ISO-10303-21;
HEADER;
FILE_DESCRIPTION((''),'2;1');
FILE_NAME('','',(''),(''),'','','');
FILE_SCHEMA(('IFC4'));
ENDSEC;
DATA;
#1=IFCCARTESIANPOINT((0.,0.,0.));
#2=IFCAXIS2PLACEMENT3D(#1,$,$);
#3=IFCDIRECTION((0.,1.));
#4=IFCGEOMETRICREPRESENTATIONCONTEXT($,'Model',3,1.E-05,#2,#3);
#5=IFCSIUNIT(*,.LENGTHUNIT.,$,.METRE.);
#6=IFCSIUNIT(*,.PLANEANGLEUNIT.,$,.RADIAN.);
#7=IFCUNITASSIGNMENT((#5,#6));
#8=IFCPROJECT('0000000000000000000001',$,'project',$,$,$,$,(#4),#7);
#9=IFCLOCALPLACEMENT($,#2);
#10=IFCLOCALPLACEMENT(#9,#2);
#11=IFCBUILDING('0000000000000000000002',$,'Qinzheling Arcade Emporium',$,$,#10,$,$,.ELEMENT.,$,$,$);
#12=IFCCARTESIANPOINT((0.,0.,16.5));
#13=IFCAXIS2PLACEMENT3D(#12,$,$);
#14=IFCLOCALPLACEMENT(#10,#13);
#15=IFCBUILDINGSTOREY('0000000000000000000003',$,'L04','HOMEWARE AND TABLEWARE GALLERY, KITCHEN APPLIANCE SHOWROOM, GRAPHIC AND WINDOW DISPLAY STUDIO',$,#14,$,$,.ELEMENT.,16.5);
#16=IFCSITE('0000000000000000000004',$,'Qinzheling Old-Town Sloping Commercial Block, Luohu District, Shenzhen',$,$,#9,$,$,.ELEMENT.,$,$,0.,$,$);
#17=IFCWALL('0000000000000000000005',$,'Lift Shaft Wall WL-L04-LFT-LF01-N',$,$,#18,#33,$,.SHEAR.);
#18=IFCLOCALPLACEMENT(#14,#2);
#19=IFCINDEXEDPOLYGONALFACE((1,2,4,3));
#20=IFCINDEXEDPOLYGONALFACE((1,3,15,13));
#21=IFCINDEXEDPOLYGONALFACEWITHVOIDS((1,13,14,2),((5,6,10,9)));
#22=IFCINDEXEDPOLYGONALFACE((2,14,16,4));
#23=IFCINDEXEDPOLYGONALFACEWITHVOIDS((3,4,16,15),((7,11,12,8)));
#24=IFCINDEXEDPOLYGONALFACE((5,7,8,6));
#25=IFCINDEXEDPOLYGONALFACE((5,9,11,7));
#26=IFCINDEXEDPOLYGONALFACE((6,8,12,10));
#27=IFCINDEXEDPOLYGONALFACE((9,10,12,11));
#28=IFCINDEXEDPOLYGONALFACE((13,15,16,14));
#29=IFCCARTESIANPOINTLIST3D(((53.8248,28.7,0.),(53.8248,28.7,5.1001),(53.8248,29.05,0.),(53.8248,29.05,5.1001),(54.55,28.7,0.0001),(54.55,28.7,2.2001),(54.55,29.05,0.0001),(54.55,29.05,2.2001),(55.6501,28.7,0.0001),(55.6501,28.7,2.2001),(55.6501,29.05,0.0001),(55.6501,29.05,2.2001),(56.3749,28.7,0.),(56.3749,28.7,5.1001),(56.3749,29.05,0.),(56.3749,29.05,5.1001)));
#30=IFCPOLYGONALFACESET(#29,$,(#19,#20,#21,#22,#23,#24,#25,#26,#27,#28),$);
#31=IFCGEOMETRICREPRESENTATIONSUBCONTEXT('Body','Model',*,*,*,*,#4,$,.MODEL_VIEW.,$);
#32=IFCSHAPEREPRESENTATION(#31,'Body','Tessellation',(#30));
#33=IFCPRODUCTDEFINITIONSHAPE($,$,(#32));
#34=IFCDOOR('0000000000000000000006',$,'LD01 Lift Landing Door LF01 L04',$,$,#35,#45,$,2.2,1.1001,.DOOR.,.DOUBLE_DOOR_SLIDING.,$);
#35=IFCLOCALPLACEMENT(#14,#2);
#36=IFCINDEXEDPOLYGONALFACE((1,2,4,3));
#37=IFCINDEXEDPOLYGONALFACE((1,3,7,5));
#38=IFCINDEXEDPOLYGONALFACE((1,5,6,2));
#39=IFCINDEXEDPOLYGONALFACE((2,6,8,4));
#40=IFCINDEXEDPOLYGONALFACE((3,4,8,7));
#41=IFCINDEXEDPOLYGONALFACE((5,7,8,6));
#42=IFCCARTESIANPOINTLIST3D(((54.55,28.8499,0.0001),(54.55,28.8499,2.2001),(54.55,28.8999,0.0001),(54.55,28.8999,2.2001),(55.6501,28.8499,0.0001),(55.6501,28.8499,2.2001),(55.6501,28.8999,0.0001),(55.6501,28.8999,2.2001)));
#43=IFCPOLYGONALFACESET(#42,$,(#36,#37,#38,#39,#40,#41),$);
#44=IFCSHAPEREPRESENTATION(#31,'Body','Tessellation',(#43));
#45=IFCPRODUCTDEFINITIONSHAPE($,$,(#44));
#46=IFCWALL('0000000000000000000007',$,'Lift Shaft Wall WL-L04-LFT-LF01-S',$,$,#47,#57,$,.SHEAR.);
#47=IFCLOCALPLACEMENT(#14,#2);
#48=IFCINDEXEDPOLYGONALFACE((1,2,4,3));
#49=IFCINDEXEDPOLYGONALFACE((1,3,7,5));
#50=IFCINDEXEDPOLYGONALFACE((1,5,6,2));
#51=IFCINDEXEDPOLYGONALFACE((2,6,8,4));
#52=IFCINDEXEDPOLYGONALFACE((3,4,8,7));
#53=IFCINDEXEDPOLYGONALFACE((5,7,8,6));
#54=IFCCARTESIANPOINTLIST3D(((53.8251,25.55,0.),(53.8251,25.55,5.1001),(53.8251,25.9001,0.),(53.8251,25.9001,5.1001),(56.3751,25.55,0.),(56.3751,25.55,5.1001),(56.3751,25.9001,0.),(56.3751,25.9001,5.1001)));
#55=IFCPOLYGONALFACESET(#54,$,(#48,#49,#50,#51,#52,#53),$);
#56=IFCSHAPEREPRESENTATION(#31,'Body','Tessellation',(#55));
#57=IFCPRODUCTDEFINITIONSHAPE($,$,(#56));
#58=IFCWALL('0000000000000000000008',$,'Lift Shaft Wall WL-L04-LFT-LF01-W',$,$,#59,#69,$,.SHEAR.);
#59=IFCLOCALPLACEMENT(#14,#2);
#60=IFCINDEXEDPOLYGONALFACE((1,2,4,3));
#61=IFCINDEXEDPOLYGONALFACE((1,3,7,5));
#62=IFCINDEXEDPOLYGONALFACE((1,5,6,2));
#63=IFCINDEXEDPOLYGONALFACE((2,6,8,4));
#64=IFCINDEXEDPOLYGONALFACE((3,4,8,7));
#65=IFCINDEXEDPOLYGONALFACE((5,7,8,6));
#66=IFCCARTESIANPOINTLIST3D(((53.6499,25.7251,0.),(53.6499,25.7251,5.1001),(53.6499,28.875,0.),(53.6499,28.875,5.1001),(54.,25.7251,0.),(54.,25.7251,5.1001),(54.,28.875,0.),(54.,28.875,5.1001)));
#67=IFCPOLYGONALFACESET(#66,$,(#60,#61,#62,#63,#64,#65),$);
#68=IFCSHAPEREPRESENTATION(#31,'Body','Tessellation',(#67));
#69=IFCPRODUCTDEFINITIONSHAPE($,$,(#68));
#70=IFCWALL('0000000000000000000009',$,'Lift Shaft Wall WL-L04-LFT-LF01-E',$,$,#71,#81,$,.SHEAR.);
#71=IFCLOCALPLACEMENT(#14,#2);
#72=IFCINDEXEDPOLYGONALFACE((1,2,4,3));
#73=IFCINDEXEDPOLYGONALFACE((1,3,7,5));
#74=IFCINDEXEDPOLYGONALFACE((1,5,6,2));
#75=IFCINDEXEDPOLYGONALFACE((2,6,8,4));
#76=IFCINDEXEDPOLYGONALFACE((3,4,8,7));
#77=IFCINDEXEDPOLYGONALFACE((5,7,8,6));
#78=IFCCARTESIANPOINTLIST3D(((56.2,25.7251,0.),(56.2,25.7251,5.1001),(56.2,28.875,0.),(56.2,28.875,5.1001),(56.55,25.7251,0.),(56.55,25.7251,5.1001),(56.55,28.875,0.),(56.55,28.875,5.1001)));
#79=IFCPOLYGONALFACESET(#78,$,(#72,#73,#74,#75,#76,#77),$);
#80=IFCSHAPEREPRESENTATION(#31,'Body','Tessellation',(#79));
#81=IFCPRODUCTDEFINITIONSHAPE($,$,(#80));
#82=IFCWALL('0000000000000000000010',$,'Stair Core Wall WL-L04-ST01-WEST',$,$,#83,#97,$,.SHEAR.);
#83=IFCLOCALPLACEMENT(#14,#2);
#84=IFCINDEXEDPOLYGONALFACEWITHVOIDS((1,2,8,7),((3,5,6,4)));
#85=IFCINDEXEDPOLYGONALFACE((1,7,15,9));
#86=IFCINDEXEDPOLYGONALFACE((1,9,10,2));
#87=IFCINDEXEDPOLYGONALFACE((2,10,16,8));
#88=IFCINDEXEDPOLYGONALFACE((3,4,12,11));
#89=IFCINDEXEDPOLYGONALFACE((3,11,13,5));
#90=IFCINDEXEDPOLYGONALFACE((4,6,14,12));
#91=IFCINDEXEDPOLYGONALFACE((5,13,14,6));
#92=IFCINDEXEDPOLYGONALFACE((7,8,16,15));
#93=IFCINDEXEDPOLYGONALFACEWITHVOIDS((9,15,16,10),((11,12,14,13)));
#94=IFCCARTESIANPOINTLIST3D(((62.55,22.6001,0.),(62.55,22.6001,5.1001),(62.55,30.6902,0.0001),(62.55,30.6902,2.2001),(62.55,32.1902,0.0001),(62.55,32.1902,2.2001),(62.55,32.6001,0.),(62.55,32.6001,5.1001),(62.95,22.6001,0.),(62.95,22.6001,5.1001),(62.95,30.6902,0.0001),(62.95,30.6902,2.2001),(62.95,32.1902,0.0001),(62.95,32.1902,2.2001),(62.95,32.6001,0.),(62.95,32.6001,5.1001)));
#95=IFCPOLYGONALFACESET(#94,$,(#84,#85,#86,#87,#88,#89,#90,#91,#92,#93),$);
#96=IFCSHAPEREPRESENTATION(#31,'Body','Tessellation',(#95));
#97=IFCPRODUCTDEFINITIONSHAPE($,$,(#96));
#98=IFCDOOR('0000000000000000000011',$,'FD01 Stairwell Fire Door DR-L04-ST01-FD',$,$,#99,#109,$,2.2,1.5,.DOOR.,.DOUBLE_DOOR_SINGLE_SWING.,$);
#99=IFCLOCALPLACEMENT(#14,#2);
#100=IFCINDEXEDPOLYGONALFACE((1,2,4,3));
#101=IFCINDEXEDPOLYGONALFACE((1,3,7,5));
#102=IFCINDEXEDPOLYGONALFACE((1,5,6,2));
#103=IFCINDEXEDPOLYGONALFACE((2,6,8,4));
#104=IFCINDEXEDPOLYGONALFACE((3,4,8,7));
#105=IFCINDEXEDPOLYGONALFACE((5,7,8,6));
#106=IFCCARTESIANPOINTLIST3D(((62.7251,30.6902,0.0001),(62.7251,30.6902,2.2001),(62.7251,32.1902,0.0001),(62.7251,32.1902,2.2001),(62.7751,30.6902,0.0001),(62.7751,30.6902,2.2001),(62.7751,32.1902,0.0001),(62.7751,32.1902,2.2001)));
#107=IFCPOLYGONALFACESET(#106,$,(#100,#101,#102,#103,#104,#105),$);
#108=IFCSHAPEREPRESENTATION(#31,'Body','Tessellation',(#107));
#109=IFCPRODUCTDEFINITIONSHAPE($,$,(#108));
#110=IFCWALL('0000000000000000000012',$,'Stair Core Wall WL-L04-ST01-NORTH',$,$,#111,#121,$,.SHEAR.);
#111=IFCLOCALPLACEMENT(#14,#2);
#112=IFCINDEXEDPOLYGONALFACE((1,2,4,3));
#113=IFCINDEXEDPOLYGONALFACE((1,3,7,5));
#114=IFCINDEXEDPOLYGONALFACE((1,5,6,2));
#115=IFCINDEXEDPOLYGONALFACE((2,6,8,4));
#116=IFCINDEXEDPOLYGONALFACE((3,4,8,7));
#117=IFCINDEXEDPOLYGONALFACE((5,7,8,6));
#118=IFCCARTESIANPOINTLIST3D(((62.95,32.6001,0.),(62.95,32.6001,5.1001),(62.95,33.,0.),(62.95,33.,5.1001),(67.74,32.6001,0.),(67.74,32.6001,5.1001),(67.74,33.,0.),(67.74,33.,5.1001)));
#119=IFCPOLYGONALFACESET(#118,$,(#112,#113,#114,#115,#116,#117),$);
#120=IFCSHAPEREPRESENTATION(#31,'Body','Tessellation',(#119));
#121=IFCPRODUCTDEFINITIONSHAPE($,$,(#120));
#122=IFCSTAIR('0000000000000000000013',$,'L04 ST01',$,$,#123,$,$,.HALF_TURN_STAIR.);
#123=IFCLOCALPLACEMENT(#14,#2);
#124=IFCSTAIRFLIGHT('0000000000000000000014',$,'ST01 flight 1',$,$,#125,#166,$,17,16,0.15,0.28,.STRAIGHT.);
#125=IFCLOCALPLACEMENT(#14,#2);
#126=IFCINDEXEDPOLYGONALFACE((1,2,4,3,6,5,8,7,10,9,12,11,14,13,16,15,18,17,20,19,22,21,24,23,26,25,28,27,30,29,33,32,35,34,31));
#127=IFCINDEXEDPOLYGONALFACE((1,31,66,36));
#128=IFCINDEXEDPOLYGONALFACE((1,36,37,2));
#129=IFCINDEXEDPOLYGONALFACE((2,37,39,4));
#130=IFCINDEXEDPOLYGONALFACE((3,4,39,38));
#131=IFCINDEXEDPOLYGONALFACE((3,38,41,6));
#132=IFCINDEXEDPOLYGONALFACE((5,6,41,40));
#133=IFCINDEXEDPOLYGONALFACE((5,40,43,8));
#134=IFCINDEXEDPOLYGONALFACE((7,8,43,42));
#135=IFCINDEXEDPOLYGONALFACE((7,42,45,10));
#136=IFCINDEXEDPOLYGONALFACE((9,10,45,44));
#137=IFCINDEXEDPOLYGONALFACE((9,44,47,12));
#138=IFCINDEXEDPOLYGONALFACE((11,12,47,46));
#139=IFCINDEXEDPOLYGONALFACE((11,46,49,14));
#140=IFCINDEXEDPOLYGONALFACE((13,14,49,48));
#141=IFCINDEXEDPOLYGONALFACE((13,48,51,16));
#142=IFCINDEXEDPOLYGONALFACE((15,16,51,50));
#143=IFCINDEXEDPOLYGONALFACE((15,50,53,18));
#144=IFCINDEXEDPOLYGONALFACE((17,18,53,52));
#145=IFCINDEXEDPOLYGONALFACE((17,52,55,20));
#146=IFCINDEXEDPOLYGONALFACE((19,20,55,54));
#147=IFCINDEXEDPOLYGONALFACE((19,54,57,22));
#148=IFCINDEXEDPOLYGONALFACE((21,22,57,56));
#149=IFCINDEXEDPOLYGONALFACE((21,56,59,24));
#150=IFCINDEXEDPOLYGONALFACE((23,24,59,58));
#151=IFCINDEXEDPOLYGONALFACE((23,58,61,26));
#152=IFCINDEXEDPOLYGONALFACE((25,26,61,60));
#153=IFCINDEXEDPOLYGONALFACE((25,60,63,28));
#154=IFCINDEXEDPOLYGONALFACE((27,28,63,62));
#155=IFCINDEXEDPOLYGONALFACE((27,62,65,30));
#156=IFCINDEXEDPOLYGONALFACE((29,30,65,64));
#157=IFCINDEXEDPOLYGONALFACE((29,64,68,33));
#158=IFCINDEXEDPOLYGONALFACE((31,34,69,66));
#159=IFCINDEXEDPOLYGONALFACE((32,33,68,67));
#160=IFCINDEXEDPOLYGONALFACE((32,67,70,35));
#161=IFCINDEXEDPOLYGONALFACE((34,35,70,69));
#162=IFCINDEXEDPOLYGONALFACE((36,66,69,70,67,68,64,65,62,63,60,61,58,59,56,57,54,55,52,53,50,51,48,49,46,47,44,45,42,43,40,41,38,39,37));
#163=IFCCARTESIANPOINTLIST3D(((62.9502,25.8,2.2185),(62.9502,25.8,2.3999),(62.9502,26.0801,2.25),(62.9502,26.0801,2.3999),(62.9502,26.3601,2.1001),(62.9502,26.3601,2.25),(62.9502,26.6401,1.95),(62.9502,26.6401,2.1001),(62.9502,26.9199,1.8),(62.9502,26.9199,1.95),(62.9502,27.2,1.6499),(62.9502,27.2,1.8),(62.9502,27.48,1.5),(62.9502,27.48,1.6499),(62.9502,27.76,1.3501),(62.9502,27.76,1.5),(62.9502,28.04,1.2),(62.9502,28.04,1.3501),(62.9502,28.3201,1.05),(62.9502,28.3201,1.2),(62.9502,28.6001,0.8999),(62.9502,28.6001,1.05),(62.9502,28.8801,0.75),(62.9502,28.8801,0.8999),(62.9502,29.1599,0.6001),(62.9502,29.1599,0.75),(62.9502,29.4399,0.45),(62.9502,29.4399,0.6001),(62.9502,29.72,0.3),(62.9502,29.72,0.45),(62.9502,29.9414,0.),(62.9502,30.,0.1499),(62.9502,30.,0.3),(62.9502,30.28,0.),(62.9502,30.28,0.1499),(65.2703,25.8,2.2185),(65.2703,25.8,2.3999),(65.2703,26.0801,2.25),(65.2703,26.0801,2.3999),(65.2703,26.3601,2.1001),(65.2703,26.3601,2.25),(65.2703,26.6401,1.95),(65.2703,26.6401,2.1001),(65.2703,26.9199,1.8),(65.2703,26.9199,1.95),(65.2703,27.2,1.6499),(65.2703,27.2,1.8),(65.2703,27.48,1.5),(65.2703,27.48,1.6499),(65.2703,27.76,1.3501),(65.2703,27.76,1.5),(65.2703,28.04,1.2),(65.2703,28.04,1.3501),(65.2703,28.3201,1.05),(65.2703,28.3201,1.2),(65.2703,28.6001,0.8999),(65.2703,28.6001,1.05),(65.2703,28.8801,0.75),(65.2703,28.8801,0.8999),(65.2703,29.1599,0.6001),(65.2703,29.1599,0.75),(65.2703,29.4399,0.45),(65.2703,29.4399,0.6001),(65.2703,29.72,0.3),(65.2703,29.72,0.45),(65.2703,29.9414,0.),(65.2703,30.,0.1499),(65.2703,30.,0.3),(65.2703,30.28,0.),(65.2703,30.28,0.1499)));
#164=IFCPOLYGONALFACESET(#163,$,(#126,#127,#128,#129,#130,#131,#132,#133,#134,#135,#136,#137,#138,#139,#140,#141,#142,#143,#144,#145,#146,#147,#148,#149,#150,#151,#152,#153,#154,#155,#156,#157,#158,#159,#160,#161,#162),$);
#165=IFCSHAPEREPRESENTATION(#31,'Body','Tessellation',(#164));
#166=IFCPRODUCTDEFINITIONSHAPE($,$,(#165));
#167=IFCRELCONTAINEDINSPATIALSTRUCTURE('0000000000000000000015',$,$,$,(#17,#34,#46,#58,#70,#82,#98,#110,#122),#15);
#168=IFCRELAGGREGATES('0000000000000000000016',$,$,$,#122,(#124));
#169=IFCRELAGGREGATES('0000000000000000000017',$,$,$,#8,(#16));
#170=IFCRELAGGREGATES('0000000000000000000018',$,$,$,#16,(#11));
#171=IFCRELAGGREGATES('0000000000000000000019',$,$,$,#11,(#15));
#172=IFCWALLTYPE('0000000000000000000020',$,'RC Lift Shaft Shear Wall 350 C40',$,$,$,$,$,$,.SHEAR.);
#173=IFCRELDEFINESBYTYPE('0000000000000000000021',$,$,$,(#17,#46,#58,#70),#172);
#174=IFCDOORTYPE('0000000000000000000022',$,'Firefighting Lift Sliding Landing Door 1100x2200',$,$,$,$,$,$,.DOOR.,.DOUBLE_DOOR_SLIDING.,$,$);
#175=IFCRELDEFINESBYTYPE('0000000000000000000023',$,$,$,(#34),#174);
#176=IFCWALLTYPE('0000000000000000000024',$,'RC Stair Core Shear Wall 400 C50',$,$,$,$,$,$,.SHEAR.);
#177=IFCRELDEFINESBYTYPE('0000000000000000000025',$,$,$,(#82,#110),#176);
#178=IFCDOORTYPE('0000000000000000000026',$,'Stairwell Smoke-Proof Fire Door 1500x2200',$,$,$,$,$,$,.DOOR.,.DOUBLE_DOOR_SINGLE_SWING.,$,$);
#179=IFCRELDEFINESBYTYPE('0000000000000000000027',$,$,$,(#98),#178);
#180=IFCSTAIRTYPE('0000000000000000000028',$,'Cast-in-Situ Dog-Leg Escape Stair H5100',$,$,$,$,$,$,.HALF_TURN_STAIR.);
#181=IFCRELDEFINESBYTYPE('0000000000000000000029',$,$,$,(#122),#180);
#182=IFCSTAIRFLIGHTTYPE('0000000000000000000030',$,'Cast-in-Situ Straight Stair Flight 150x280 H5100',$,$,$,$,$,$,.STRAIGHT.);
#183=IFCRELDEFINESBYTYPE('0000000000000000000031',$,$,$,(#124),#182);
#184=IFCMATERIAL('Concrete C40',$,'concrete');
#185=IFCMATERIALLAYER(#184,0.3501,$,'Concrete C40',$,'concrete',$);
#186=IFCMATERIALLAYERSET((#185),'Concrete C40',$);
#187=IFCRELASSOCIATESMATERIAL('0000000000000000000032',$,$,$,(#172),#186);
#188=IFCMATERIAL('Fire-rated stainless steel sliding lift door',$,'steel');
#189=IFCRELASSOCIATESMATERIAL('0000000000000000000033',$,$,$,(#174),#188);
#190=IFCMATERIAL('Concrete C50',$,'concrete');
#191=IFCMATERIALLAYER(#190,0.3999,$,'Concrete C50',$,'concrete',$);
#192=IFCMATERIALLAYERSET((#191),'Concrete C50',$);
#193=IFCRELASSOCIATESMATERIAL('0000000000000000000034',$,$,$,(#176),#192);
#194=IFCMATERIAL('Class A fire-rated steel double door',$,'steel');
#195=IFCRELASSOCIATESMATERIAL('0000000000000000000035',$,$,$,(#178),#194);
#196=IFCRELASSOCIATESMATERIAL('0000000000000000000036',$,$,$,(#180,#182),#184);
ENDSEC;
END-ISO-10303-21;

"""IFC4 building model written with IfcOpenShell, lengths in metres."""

from ifc_helpers import new_model, si_unit, direction, frame, frame_2d, origin, place, context, subcontext, project, spatial, polyline, rectangle, outline, extrude, material, layer, layer_set, type_object, element, fill, aggregate, save


model = new_model("IFC4")

# Units and contexts
model_context = context("Model", 3, precision=1e-05, world=origin(), true_north=direction((0.0, 1.0)))
body_context = subcontext(model_context, "Body", "Model", "MODEL_VIEW")
ifc_project = project(units=[si_unit("LENGTHUNIT", "METRE"), si_unit("PLANEANGLEUNIT", "RADIAN")], contexts=[model_context])

# Site, building, storey
site_placement = place(None, origin())
site = spatial("IfcSite", under=ifc_project, at=site_placement, Name="Qinzheling Old-Town Sloping Commercial Block, Luohu District, Shenzhen", CompositionType="ELEMENT", RefElevation=0.0)
building_placement = place(site_placement, origin())
building = spatial("IfcBuilding", under=site, at=building_placement, Name="Qinzheling Arcade Emporium", CompositionType="ELEMENT")
storey_placement = place(building_placement, frame((0.0, 0.0, 16.5)))
storey = spatial("IfcBuildingStorey", under=building, at=storey_placement, Name="L04", Description="HOMEWARE AND TABLEWARE GALLERY, KITCHEN APPLIANCE SHOWROOM, GRAPHIC AND WINDOW DISPLAY STUDIO", CompositionType="ELEMENT", Elevation=16.5)

# Shared definitions
ifc_material_1 = material(Name="Concrete C40", Category="concrete")

# Shared definitions
ifc_material_2 = material(Name="Class A fire-rated steel double door", Category="steel")

# Wall, opening, door
ifc_layer_1 = layer(ifc_material_1, 0.3501, Name="Concrete C40", Category="concrete")
ifc_layer_set_1 = layer_set([ifc_layer_1], Name="Concrete C40")
wall_type_1 = type_object("IfcWallType", Name="RC Lift Shaft Shear Wall 350 C40", PredefinedType="SHEAR", material=ifc_layer_set_1)
wall_1_placement = place(storey_placement, frame((53.825, 28.875, 0.0), z_axis=(0.0, 0.0, 1.0), x_axis=(1.0, 0.0, 0.0)))
wall_1 = element("IfcWall", 1, at=wall_1_placement, inside=storey, type_object=wall_type_1, Name="Lift Shaft Wall WL-L04-LFT-LF01-N", PredefinedType="SHEAR", context=body_context, shape_type="SweptSolid", body=[
    extrude(rectangle(XDim=2.55, YDim=0.3501, at=frame_2d((1.2749, 0.0))), origin(), (0.0, 0.0, 1.0), 5.1001),
])
opening_1_placement = place(wall_1_placement, frame((0.7251, 0.0, 0.0)))
opening_1 = element("IfcOpeningElement", 2, at=opening_1_placement, cuts=wall_1, PredefinedType="OPENING", context=body_context, shape_type="SweptSolid", body=[
    extrude(rectangle(XDim=1.1001, YDim=2.2, at=frame_2d((0.55, 1.1001))), frame((0.0, 0.1851, 0.0), z_axis=(0.0, -1.0, 0.0), x_axis=(1.0, 0.0, 0.0)), (0.0, 0.0, 1.0), 0.3701),
])
ifc_material_3 = material(Name="Fire-rated stainless steel sliding lift door", Category="steel")
door_type_1 = type_object("IfcDoorType", Name="Firefighting Lift Sliding Landing Door 1100x2200", OperationType="DOUBLE_DOOR_SLIDING", PredefinedType="DOOR", material=ifc_material_3)
door_1_placement = place(opening_1_placement, origin())
door_1 = element("IfcDoor", 3, at=door_1_placement, inside=storey, type_object=door_type_1, Name="LD01 Lift Landing Door LF01 L04", OperationType="DOUBLE_DOOR_SLIDING", OverallHeight=2.2, OverallWidth=1.1001, PredefinedType="DOOR", context=body_context, shape_type="SweptSolid", body=[
    extrude(rectangle(XDim=1.1001, YDim=2.2, at=frame_2d((0.55, 1.1001))), frame((0.0, 0.0249, 0.0), z_axis=(0.0, -1.0, 0.0), x_axis=(1.0, 0.0, 0.0)), (0.0, 0.0, 1.0), 0.05),
])
fill(opening_1, door_1)

# Walls
wall_2_placement = place(storey_placement, frame((56.375, 25.7251, 0.0), z_axis=(0.0, 0.0, 1.0), x_axis=(-1.0, 0.0, 0.0)))
element("IfcWall", 4, at=wall_2_placement, inside=storey, type_object=wall_type_1, Name="Lift Shaft Wall WL-L04-LFT-LF01-S", PredefinedType="SHEAR", context=body_context, shape_type="SweptSolid", body=[
    extrude(rectangle(XDim=2.55, YDim=0.3501, at=frame_2d((1.2749, 0.0))), origin(), (0.0, 0.0, 1.0), 5.1001),
])
for number, where, z_axis, x_axis, name in (
    (5, (53.825, 25.7251, 0.0), (0.0, 0.0, 1.0), (0.0, 1.0, 0.0), "Lift Shaft Wall WL-L04-LFT-LF01-W"),
    (6, (56.375, 28.875, 0.0), (0.0, 0.0, 1.0), (0.0, -1.0, 0.0), "Lift Shaft Wall WL-L04-LFT-LF01-E"),
):
    element("IfcWall", number, at=place(storey_placement, frame(where, z_axis=z_axis, x_axis=x_axis)), inside=storey, type_object=wall_type_1, Name=name, PredefinedType="SHEAR", context=body_context, shape_type="SweptSolid", body=[
        extrude(rectangle(XDim=3.1499, YDim=0.3501, at=frame_2d((1.575, 0.0))), origin(), (0.0, 0.0, 1.0), 5.1001),
    ])

# Wall, opening, door
ifc_material_4 = material(Name="Concrete C50", Category="concrete")
ifc_layer_2 = layer(ifc_material_4, 0.3999, Name="Concrete C50", Category="concrete")
ifc_layer_set_2 = layer_set([ifc_layer_2], Name="Concrete C50")
wall_type_2 = type_object("IfcWallType", Name="RC Stair Core Shear Wall 400 C50", PredefinedType="SHEAR", material=ifc_layer_set_2)
wall_3_placement = place(storey_placement, frame((62.75, 22.6001, 0.0), z_axis=(0.0, 0.0, 1.0), x_axis=(0.0, 1.0, 0.0)))
wall_3 = element("IfcWall", 7, at=wall_3_placement, inside=storey, type_object=wall_type_2, Name="Stair Core Wall WL-L04-ST01-WEST", PredefinedType="SHEAR", context=body_context, shape_type="SweptSolid", body=[
    extrude(rectangle(XDim=10.0, YDim=0.3999, at=frame_2d((5.0, 0.0))), origin(), (0.0, 0.0, 1.0), 5.1001),
])
opening_2_placement = place(wall_3_placement, frame((8.0901, 0.0, 0.0)))
opening_2 = element("IfcOpeningElement", 8, at=opening_2_placement, cuts=wall_3, PredefinedType="OPENING", context=body_context, shape_type="SweptSolid", body=[
    extrude(rectangle(XDim=1.5, YDim=2.2, at=frame_2d((0.75, 1.1001))), frame((0.0, 0.21, 0.0), z_axis=(0.0, -1.0, 0.0), x_axis=(1.0, 0.0, 0.0)), (0.0, 0.0, 1.0), 0.4199),
])
door_type_2 = type_object("IfcDoorType", Name="Stairwell Smoke-Proof Fire Door 1500x2200", OperationType="DOUBLE_DOOR_SINGLE_SWING", PredefinedType="DOOR", material=ifc_material_2)
door_2_placement = place(opening_2_placement, origin())
door_2 = element("IfcDoor", 9, at=door_2_placement, inside=storey, type_object=door_type_2, Name="FD01 Stairwell Fire Door DR-L04-ST01-FD", OperationType="DOUBLE_DOOR_SINGLE_SWING", OverallHeight=2.2, OverallWidth=1.5, PredefinedType="DOOR", context=body_context, shape_type="SweptSolid", body=[
    extrude(rectangle(XDim=1.5, YDim=2.2, at=frame_2d((0.75, 1.1001))), frame((0.0, 0.0249, 0.0), z_axis=(0.0, -1.0, 0.0), x_axis=(1.0, 0.0, 0.0)), (0.0, 0.0, 1.0), 0.05),
])
fill(opening_2, door_2)

# Wall
wall_4_placement = place(storey_placement, frame((62.95, 32.8, 0.0), z_axis=(0.0, 0.0, 1.0), x_axis=(1.0, 0.0, 0.0)))
element("IfcWall", 10, at=wall_4_placement, inside=storey, type_object=wall_type_2, Name="Stair Core Wall WL-L04-ST01-NORTH", PredefinedType="SHEAR", context=body_context, shape_type="SweptSolid", body=[
    extrude(rectangle(XDim=4.79, YDim=0.3999, at=frame_2d((2.395, 0.0))), origin(), (0.0, 0.0, 1.0), 5.1001),
])

# Stair, stair flight
stair_type = type_object("IfcStairType", Name="Cast-in-Situ Dog-Leg Escape Stair H5100", PredefinedType="HALF_TURN_STAIR", material=ifc_material_1)
stair_placement = place(storey_placement, origin())
stair = element("IfcStair", 11, at=stair_placement, inside=storey, type_object=stair_type, Name="L04 ST01", PredefinedType="HALF_TURN_STAIR")
stair_flight_type = type_object("IfcStairFlightType", Name="Cast-in-Situ Straight Stair Flight 150x280 H5100", PredefinedType="STRAIGHT", material=ifc_material_1)
stair_flight_placement = place(storey_placement, frame((64.1101, 30.28, 0.0), z_axis=(0.0, 0.0, 1.0), x_axis=(0.0, -1.0, 0.0)))
stair_flight = element("IfcStairFlight", 12, at=stair_flight_placement, type_object=stair_flight_type, Name="ST01 flight 1", NumberOfRisers=17, NumberOfTreads=16, PredefinedType="STRAIGHT", RiserHeight=0.15, TreadLength=0.28, context=body_context, shape_type="SweptSolid", body=[
    extrude(outline(polyline([(0.0, 0.0), (0.0, 0.1499), (0.28, 0.1499), (0.28, 0.3), (0.5601, 0.3), (0.5601, 0.45), (0.8401, 0.45), (0.8401, 0.6001), (1.1201, 0.6001), (1.1201, 0.75), (1.3999, 0.75), (1.3999, 0.8999), (1.6799, 0.8999), (1.6799, 1.05), (1.96, 1.05), (1.96, 1.2), (2.24, 1.2), (2.24, 1.3501), (2.52, 1.3501), (2.52, 1.5), (2.8, 1.5), (2.8, 1.6499), (3.0801, 1.6499), (3.0801, 1.8), (3.3601, 1.8), (3.3601, 1.95), (3.6399, 1.95), (3.6399, 2.1001), (3.9199, 2.1001), (3.9199, 2.25), (4.2, 2.25), (4.2, 2.3999), (4.48, 2.3999), (4.48, 2.55), (4.48, 2.2185), (0.3386, 0.0), (0.0, 0.0)])), frame((0.0, 1.1602, 0.0), z_axis=(0.0, -1.0, 0.0), x_axis=(1.0, 0.0, 0.0)), (0.0, 0.0, 1.0), 2.3201),
])
aggregate(stair, [stair_flight])

save(model, "model.ifc")
